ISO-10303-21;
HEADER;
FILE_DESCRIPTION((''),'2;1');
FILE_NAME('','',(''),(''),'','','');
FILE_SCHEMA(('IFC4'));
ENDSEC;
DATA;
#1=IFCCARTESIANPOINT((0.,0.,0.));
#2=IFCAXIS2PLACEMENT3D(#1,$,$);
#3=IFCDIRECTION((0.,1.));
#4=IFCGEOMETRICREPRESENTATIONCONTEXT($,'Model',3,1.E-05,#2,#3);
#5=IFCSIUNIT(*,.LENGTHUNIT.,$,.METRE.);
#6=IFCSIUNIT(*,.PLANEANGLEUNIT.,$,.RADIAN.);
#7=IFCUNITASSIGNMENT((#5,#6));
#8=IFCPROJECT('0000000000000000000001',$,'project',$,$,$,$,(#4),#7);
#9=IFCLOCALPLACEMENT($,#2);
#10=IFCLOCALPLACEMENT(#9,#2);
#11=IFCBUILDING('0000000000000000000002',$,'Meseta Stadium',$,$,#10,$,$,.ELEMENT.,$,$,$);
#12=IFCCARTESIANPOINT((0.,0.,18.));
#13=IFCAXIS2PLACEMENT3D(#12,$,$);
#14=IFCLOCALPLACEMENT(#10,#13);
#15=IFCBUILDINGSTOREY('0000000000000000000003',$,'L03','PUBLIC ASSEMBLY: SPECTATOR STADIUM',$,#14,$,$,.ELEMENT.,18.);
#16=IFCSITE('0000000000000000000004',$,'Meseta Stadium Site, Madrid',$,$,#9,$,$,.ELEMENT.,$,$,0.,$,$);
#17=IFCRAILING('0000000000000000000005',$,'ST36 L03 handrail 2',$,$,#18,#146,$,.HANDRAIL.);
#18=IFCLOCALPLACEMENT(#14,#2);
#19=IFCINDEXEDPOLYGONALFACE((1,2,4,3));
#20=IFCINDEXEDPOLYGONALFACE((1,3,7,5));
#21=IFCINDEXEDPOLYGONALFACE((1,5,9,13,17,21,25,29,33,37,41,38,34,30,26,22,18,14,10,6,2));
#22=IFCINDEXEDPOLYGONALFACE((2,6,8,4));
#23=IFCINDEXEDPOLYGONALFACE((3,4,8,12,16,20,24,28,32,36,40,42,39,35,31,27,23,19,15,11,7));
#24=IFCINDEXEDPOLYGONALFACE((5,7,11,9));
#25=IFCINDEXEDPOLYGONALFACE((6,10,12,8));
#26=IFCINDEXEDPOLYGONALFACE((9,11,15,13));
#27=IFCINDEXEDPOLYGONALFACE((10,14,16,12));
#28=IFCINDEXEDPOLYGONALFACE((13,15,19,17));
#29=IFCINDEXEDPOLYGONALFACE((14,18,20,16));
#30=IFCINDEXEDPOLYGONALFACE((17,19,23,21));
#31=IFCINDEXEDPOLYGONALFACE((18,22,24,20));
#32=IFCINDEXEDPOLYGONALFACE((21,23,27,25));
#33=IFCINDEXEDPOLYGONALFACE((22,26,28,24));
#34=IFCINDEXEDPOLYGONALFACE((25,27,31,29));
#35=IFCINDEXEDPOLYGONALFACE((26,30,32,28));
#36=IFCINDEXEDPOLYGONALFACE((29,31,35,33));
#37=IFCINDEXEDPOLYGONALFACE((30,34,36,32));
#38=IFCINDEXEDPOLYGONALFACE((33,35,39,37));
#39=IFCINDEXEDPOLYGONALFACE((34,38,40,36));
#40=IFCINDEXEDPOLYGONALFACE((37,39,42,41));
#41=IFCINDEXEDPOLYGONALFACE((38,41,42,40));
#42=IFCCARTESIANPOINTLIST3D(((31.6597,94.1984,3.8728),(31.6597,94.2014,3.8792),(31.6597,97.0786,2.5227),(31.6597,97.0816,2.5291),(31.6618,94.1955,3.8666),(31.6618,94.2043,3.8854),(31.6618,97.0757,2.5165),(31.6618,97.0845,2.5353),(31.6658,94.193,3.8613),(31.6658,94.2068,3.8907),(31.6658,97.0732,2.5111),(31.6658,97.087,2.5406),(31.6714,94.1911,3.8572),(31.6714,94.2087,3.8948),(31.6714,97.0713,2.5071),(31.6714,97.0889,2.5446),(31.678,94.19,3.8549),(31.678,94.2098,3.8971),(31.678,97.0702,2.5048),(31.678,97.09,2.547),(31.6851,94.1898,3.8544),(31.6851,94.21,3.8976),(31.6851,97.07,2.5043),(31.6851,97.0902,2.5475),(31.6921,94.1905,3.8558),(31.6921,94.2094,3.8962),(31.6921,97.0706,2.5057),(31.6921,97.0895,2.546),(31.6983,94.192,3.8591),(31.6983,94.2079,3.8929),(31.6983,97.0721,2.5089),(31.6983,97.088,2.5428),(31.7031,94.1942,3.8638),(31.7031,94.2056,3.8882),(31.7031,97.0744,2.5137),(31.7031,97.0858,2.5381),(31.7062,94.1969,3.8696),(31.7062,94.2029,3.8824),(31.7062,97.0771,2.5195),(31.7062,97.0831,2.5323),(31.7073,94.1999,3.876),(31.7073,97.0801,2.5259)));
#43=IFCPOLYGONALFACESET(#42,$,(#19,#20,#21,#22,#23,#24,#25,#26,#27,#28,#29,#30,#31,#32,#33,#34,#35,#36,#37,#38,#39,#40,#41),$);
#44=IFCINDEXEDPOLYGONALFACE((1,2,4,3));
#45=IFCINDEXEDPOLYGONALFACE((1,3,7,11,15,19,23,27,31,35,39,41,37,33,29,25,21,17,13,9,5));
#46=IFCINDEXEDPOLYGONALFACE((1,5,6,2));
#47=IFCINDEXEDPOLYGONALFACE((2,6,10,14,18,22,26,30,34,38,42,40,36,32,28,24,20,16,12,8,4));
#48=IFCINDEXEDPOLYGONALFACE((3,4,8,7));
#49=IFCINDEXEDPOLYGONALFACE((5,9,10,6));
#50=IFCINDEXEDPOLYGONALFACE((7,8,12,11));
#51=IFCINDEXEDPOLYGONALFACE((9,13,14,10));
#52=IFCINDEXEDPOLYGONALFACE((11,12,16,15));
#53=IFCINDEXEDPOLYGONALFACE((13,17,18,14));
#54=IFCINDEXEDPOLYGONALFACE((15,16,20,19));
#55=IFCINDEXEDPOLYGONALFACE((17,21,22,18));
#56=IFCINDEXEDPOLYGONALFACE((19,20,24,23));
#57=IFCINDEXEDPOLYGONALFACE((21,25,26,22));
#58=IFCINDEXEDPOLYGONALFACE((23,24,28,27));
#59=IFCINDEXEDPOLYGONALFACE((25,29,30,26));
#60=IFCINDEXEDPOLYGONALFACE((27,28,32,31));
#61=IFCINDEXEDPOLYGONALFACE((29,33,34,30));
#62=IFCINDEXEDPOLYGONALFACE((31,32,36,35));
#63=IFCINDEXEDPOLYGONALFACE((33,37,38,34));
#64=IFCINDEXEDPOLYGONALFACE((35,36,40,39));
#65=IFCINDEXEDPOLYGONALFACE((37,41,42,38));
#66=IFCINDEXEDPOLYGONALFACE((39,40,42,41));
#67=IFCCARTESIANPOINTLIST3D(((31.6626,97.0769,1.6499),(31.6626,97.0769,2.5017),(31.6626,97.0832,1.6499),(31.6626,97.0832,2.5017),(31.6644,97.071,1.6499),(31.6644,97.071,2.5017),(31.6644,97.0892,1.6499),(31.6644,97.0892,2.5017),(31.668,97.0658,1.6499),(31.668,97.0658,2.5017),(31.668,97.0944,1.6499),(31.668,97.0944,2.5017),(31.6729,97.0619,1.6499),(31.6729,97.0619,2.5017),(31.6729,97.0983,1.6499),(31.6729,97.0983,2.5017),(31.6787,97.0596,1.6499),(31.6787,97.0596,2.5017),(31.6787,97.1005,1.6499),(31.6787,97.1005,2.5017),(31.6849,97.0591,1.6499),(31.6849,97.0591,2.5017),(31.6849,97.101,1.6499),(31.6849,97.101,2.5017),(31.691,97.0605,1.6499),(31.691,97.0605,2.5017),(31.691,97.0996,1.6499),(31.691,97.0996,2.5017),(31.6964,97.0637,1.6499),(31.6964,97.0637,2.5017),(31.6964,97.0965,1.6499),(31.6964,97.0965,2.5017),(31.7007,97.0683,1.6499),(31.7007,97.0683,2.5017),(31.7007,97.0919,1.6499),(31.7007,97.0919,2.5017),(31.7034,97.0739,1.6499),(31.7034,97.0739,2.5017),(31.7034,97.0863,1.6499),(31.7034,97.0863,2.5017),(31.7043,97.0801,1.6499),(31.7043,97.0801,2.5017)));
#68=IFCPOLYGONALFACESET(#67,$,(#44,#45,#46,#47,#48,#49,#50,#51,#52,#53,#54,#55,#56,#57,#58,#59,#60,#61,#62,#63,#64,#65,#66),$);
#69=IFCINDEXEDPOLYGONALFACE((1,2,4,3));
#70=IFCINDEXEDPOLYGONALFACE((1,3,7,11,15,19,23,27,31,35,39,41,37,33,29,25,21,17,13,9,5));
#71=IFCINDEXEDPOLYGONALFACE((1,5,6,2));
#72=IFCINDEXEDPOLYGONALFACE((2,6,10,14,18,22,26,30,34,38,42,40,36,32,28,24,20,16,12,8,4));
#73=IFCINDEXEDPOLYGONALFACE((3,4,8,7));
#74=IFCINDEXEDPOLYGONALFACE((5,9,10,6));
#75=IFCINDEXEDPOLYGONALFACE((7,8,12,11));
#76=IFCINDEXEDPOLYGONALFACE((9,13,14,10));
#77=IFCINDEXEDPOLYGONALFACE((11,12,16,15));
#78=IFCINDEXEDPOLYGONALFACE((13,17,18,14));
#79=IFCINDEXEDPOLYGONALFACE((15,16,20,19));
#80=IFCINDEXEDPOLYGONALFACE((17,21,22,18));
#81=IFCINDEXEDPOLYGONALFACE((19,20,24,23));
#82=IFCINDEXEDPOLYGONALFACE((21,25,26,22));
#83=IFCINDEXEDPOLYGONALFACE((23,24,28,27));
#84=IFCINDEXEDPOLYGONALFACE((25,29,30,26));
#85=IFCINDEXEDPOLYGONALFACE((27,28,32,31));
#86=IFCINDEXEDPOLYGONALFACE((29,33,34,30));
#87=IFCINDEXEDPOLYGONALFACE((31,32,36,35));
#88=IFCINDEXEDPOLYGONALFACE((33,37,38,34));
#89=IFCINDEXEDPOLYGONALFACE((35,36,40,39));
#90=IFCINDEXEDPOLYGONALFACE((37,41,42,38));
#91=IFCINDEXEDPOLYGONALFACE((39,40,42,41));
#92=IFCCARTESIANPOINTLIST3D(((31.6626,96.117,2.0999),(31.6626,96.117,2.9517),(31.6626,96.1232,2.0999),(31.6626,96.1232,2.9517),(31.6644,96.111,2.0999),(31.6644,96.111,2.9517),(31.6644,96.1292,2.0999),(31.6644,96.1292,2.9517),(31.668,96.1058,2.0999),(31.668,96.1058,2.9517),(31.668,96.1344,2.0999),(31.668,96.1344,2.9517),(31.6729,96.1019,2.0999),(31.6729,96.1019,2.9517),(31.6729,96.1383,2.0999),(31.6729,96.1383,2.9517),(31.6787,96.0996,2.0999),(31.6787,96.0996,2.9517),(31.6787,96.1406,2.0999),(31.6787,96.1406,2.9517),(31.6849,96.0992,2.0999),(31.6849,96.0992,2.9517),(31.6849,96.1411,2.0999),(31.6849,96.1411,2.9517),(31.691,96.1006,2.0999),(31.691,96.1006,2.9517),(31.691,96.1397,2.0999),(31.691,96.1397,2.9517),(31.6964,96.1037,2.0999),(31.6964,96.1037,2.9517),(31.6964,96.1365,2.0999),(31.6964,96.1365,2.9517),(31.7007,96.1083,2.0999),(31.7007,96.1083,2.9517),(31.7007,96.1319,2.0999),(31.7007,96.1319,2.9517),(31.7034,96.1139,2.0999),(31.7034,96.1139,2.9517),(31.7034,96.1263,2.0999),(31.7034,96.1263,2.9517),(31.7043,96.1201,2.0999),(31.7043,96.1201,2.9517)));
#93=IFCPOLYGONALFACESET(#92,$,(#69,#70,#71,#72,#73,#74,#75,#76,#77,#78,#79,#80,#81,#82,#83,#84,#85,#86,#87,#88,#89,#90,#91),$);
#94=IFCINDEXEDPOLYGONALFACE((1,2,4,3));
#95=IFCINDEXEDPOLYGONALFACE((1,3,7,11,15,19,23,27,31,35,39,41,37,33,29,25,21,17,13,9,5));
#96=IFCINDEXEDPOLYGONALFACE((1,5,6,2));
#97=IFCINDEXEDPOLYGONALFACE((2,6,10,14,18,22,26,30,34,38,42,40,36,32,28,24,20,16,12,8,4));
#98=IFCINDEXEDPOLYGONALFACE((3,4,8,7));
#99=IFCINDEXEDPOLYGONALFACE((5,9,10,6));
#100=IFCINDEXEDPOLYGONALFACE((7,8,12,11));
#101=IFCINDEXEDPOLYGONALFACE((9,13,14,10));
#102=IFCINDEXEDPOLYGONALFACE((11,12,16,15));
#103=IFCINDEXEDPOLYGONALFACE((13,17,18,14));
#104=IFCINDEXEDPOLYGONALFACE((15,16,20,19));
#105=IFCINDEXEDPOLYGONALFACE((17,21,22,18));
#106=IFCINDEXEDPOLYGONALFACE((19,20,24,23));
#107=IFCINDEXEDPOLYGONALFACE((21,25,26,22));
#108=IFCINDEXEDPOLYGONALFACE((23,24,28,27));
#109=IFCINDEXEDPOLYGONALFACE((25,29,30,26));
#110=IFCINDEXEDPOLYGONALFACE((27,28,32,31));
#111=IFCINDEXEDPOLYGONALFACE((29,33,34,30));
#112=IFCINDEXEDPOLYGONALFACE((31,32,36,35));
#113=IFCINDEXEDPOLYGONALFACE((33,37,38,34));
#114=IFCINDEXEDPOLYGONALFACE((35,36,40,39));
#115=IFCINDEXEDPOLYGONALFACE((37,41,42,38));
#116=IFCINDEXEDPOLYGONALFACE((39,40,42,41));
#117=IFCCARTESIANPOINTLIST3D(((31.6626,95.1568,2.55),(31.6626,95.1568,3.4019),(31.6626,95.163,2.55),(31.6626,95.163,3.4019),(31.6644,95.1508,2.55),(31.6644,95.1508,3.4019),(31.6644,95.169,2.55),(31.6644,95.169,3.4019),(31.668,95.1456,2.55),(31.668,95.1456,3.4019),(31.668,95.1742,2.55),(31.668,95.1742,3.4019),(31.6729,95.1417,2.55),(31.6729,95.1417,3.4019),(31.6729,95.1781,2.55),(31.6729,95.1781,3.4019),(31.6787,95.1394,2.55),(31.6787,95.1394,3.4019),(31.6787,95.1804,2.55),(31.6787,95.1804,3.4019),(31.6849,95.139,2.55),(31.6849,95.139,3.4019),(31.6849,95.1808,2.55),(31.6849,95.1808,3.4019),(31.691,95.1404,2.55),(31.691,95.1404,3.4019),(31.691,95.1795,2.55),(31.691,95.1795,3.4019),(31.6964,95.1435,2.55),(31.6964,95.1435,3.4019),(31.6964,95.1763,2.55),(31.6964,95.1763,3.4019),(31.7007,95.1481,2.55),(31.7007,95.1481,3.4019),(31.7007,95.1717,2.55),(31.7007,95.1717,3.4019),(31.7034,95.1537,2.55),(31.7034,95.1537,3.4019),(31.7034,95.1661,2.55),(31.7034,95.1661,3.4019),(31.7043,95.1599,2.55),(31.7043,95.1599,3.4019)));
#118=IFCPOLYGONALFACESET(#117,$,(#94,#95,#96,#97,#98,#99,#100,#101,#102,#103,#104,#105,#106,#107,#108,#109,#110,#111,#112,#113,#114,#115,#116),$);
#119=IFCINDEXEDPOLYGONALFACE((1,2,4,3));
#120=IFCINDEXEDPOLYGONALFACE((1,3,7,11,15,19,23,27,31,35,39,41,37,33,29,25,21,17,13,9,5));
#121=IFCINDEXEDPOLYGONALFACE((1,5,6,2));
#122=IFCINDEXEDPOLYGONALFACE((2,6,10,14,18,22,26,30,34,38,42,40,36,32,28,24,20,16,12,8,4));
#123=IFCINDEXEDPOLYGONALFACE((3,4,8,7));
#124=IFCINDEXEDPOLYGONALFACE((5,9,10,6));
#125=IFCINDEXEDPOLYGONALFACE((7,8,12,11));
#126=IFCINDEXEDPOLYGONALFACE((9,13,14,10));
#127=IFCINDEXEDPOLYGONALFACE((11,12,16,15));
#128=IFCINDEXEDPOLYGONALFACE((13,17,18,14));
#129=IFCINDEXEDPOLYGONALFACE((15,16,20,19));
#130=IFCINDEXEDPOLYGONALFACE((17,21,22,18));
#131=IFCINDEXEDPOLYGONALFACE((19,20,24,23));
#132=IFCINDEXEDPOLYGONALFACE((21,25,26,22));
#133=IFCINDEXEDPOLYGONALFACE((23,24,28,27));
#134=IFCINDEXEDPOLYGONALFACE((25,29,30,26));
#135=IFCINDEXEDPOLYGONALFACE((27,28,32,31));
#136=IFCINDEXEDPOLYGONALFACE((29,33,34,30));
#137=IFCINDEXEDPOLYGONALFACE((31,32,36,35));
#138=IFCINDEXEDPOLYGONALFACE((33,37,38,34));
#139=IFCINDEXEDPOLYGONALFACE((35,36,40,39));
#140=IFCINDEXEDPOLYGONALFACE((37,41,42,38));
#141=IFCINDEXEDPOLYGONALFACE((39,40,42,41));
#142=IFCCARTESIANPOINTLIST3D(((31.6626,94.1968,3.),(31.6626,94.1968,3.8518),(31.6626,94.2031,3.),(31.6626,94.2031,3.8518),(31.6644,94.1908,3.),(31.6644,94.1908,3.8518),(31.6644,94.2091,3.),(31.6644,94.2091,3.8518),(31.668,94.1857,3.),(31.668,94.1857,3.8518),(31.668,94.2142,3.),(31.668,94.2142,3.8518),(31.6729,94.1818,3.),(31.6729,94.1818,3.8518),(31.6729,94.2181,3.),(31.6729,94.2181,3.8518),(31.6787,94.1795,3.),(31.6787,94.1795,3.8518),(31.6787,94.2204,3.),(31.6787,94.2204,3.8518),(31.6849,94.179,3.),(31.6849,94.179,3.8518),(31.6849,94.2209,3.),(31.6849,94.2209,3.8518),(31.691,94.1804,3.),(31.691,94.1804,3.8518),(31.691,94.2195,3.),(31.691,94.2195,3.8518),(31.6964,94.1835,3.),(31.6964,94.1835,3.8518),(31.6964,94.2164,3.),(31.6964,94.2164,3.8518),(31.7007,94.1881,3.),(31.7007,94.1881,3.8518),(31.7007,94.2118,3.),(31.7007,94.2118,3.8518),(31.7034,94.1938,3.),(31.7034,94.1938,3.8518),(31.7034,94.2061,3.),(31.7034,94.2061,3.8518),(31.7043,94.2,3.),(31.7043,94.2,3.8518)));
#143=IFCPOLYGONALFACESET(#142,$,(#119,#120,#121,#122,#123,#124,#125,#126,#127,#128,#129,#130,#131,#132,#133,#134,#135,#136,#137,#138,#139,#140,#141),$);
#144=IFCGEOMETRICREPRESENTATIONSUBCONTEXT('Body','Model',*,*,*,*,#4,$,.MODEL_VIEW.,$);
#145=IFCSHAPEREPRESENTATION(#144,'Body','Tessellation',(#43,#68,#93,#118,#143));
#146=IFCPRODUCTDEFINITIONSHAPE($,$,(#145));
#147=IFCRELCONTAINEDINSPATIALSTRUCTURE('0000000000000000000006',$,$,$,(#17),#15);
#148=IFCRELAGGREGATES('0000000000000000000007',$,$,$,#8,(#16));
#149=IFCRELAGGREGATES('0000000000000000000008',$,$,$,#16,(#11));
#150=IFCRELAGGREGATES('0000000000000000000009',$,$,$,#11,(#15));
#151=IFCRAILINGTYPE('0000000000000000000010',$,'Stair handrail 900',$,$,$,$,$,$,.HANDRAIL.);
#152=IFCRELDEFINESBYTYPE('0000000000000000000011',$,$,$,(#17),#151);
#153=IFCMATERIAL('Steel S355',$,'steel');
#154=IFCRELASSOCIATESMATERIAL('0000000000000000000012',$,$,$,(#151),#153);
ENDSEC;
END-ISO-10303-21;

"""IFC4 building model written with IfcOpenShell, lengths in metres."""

from ifc_helpers import new_model, si_unit, direction, frame, origin, origin_2d, place, context, subcontext, project, spatial, circle, extrude, material, type_object, element, save


model = new_model("IFC4")

# Units and contexts
model_context = context("Model", 3, precision=1e-05, world=origin(), true_north=direction((0.0, 1.0)))
body_context = subcontext(model_context, "Body", "Model", "MODEL_VIEW")
ifc_project = project(units=[si_unit("LENGTHUNIT", "METRE"), si_unit("PLANEANGLEUNIT", "RADIAN")], contexts=[model_context])

# Site, building, storey
site_placement = place(None, origin())
site = spatial("IfcSite", under=ifc_project, at=site_placement, Name="Meseta Stadium Site, Madrid", CompositionType="ELEMENT", RefElevation=0.0)
building_placement = place(site_placement, origin())
building = spatial("IfcBuilding", under=site, at=building_placement, Name="Meseta Stadium", CompositionType="ELEMENT")
storey_placement = place(building_placement, frame((0.0, 0.0, 18.0)))
storey = spatial("IfcBuildingStorey", under=building, at=storey_placement, Name="L03", Description="PUBLIC ASSEMBLY: SPECTATOR STADIUM", CompositionType="ELEMENT", Elevation=18.0)

# Railing
ifc_material_1 = material(Name="Steel S355", Category="steel")
railing_type = type_object("IfcRailingType", Name="Stair handrail 900", PredefinedType="HANDRAIL", material=ifc_material_1)
for number, where, name in (
    (1, (31.6833, 97.0801, 1.6499), "ST36 L03 handrail 2"),
):
    element("IfcRailing", number, at=place(storey_placement, frame(where)), inside=storey, type_object=railing_type, Name=name, PredefinedType="HANDRAIL", context=body_context, shape_type="SweptSolid", body=[
        extrude(circle(Radius=0.0239, at=origin_2d()), frame((0.0, 0.0, 0.876), z_axis=(0.0, -0.905454, 0.424444), x_axis=(1.0, 0.0, 0.0)), (0.0, 0.0, 1.0), 3.1809),
        extrude(circle(Radius=0.021, at=origin_2d()), origin(), (0.0, 0.0, 1.0), 0.8518),
        extrude(circle(Radius=0.021, at=origin_2d()), frame((0.0, -0.96, 0.45)), (0.0, 0.0, 1.0), 0.8518),
        extrude(circle(Radius=0.021, at=origin_2d()), frame((0.0, -1.9202, 0.9001)), (0.0, 0.0, 1.0), 0.8518),
        extrude(circle(Radius=0.021, at=origin_2d()), frame((0.0, -2.8801, 1.3501)), (0.0, 0.0, 1.0), 0.8518),
    ])

save(model, "model.ifc")
